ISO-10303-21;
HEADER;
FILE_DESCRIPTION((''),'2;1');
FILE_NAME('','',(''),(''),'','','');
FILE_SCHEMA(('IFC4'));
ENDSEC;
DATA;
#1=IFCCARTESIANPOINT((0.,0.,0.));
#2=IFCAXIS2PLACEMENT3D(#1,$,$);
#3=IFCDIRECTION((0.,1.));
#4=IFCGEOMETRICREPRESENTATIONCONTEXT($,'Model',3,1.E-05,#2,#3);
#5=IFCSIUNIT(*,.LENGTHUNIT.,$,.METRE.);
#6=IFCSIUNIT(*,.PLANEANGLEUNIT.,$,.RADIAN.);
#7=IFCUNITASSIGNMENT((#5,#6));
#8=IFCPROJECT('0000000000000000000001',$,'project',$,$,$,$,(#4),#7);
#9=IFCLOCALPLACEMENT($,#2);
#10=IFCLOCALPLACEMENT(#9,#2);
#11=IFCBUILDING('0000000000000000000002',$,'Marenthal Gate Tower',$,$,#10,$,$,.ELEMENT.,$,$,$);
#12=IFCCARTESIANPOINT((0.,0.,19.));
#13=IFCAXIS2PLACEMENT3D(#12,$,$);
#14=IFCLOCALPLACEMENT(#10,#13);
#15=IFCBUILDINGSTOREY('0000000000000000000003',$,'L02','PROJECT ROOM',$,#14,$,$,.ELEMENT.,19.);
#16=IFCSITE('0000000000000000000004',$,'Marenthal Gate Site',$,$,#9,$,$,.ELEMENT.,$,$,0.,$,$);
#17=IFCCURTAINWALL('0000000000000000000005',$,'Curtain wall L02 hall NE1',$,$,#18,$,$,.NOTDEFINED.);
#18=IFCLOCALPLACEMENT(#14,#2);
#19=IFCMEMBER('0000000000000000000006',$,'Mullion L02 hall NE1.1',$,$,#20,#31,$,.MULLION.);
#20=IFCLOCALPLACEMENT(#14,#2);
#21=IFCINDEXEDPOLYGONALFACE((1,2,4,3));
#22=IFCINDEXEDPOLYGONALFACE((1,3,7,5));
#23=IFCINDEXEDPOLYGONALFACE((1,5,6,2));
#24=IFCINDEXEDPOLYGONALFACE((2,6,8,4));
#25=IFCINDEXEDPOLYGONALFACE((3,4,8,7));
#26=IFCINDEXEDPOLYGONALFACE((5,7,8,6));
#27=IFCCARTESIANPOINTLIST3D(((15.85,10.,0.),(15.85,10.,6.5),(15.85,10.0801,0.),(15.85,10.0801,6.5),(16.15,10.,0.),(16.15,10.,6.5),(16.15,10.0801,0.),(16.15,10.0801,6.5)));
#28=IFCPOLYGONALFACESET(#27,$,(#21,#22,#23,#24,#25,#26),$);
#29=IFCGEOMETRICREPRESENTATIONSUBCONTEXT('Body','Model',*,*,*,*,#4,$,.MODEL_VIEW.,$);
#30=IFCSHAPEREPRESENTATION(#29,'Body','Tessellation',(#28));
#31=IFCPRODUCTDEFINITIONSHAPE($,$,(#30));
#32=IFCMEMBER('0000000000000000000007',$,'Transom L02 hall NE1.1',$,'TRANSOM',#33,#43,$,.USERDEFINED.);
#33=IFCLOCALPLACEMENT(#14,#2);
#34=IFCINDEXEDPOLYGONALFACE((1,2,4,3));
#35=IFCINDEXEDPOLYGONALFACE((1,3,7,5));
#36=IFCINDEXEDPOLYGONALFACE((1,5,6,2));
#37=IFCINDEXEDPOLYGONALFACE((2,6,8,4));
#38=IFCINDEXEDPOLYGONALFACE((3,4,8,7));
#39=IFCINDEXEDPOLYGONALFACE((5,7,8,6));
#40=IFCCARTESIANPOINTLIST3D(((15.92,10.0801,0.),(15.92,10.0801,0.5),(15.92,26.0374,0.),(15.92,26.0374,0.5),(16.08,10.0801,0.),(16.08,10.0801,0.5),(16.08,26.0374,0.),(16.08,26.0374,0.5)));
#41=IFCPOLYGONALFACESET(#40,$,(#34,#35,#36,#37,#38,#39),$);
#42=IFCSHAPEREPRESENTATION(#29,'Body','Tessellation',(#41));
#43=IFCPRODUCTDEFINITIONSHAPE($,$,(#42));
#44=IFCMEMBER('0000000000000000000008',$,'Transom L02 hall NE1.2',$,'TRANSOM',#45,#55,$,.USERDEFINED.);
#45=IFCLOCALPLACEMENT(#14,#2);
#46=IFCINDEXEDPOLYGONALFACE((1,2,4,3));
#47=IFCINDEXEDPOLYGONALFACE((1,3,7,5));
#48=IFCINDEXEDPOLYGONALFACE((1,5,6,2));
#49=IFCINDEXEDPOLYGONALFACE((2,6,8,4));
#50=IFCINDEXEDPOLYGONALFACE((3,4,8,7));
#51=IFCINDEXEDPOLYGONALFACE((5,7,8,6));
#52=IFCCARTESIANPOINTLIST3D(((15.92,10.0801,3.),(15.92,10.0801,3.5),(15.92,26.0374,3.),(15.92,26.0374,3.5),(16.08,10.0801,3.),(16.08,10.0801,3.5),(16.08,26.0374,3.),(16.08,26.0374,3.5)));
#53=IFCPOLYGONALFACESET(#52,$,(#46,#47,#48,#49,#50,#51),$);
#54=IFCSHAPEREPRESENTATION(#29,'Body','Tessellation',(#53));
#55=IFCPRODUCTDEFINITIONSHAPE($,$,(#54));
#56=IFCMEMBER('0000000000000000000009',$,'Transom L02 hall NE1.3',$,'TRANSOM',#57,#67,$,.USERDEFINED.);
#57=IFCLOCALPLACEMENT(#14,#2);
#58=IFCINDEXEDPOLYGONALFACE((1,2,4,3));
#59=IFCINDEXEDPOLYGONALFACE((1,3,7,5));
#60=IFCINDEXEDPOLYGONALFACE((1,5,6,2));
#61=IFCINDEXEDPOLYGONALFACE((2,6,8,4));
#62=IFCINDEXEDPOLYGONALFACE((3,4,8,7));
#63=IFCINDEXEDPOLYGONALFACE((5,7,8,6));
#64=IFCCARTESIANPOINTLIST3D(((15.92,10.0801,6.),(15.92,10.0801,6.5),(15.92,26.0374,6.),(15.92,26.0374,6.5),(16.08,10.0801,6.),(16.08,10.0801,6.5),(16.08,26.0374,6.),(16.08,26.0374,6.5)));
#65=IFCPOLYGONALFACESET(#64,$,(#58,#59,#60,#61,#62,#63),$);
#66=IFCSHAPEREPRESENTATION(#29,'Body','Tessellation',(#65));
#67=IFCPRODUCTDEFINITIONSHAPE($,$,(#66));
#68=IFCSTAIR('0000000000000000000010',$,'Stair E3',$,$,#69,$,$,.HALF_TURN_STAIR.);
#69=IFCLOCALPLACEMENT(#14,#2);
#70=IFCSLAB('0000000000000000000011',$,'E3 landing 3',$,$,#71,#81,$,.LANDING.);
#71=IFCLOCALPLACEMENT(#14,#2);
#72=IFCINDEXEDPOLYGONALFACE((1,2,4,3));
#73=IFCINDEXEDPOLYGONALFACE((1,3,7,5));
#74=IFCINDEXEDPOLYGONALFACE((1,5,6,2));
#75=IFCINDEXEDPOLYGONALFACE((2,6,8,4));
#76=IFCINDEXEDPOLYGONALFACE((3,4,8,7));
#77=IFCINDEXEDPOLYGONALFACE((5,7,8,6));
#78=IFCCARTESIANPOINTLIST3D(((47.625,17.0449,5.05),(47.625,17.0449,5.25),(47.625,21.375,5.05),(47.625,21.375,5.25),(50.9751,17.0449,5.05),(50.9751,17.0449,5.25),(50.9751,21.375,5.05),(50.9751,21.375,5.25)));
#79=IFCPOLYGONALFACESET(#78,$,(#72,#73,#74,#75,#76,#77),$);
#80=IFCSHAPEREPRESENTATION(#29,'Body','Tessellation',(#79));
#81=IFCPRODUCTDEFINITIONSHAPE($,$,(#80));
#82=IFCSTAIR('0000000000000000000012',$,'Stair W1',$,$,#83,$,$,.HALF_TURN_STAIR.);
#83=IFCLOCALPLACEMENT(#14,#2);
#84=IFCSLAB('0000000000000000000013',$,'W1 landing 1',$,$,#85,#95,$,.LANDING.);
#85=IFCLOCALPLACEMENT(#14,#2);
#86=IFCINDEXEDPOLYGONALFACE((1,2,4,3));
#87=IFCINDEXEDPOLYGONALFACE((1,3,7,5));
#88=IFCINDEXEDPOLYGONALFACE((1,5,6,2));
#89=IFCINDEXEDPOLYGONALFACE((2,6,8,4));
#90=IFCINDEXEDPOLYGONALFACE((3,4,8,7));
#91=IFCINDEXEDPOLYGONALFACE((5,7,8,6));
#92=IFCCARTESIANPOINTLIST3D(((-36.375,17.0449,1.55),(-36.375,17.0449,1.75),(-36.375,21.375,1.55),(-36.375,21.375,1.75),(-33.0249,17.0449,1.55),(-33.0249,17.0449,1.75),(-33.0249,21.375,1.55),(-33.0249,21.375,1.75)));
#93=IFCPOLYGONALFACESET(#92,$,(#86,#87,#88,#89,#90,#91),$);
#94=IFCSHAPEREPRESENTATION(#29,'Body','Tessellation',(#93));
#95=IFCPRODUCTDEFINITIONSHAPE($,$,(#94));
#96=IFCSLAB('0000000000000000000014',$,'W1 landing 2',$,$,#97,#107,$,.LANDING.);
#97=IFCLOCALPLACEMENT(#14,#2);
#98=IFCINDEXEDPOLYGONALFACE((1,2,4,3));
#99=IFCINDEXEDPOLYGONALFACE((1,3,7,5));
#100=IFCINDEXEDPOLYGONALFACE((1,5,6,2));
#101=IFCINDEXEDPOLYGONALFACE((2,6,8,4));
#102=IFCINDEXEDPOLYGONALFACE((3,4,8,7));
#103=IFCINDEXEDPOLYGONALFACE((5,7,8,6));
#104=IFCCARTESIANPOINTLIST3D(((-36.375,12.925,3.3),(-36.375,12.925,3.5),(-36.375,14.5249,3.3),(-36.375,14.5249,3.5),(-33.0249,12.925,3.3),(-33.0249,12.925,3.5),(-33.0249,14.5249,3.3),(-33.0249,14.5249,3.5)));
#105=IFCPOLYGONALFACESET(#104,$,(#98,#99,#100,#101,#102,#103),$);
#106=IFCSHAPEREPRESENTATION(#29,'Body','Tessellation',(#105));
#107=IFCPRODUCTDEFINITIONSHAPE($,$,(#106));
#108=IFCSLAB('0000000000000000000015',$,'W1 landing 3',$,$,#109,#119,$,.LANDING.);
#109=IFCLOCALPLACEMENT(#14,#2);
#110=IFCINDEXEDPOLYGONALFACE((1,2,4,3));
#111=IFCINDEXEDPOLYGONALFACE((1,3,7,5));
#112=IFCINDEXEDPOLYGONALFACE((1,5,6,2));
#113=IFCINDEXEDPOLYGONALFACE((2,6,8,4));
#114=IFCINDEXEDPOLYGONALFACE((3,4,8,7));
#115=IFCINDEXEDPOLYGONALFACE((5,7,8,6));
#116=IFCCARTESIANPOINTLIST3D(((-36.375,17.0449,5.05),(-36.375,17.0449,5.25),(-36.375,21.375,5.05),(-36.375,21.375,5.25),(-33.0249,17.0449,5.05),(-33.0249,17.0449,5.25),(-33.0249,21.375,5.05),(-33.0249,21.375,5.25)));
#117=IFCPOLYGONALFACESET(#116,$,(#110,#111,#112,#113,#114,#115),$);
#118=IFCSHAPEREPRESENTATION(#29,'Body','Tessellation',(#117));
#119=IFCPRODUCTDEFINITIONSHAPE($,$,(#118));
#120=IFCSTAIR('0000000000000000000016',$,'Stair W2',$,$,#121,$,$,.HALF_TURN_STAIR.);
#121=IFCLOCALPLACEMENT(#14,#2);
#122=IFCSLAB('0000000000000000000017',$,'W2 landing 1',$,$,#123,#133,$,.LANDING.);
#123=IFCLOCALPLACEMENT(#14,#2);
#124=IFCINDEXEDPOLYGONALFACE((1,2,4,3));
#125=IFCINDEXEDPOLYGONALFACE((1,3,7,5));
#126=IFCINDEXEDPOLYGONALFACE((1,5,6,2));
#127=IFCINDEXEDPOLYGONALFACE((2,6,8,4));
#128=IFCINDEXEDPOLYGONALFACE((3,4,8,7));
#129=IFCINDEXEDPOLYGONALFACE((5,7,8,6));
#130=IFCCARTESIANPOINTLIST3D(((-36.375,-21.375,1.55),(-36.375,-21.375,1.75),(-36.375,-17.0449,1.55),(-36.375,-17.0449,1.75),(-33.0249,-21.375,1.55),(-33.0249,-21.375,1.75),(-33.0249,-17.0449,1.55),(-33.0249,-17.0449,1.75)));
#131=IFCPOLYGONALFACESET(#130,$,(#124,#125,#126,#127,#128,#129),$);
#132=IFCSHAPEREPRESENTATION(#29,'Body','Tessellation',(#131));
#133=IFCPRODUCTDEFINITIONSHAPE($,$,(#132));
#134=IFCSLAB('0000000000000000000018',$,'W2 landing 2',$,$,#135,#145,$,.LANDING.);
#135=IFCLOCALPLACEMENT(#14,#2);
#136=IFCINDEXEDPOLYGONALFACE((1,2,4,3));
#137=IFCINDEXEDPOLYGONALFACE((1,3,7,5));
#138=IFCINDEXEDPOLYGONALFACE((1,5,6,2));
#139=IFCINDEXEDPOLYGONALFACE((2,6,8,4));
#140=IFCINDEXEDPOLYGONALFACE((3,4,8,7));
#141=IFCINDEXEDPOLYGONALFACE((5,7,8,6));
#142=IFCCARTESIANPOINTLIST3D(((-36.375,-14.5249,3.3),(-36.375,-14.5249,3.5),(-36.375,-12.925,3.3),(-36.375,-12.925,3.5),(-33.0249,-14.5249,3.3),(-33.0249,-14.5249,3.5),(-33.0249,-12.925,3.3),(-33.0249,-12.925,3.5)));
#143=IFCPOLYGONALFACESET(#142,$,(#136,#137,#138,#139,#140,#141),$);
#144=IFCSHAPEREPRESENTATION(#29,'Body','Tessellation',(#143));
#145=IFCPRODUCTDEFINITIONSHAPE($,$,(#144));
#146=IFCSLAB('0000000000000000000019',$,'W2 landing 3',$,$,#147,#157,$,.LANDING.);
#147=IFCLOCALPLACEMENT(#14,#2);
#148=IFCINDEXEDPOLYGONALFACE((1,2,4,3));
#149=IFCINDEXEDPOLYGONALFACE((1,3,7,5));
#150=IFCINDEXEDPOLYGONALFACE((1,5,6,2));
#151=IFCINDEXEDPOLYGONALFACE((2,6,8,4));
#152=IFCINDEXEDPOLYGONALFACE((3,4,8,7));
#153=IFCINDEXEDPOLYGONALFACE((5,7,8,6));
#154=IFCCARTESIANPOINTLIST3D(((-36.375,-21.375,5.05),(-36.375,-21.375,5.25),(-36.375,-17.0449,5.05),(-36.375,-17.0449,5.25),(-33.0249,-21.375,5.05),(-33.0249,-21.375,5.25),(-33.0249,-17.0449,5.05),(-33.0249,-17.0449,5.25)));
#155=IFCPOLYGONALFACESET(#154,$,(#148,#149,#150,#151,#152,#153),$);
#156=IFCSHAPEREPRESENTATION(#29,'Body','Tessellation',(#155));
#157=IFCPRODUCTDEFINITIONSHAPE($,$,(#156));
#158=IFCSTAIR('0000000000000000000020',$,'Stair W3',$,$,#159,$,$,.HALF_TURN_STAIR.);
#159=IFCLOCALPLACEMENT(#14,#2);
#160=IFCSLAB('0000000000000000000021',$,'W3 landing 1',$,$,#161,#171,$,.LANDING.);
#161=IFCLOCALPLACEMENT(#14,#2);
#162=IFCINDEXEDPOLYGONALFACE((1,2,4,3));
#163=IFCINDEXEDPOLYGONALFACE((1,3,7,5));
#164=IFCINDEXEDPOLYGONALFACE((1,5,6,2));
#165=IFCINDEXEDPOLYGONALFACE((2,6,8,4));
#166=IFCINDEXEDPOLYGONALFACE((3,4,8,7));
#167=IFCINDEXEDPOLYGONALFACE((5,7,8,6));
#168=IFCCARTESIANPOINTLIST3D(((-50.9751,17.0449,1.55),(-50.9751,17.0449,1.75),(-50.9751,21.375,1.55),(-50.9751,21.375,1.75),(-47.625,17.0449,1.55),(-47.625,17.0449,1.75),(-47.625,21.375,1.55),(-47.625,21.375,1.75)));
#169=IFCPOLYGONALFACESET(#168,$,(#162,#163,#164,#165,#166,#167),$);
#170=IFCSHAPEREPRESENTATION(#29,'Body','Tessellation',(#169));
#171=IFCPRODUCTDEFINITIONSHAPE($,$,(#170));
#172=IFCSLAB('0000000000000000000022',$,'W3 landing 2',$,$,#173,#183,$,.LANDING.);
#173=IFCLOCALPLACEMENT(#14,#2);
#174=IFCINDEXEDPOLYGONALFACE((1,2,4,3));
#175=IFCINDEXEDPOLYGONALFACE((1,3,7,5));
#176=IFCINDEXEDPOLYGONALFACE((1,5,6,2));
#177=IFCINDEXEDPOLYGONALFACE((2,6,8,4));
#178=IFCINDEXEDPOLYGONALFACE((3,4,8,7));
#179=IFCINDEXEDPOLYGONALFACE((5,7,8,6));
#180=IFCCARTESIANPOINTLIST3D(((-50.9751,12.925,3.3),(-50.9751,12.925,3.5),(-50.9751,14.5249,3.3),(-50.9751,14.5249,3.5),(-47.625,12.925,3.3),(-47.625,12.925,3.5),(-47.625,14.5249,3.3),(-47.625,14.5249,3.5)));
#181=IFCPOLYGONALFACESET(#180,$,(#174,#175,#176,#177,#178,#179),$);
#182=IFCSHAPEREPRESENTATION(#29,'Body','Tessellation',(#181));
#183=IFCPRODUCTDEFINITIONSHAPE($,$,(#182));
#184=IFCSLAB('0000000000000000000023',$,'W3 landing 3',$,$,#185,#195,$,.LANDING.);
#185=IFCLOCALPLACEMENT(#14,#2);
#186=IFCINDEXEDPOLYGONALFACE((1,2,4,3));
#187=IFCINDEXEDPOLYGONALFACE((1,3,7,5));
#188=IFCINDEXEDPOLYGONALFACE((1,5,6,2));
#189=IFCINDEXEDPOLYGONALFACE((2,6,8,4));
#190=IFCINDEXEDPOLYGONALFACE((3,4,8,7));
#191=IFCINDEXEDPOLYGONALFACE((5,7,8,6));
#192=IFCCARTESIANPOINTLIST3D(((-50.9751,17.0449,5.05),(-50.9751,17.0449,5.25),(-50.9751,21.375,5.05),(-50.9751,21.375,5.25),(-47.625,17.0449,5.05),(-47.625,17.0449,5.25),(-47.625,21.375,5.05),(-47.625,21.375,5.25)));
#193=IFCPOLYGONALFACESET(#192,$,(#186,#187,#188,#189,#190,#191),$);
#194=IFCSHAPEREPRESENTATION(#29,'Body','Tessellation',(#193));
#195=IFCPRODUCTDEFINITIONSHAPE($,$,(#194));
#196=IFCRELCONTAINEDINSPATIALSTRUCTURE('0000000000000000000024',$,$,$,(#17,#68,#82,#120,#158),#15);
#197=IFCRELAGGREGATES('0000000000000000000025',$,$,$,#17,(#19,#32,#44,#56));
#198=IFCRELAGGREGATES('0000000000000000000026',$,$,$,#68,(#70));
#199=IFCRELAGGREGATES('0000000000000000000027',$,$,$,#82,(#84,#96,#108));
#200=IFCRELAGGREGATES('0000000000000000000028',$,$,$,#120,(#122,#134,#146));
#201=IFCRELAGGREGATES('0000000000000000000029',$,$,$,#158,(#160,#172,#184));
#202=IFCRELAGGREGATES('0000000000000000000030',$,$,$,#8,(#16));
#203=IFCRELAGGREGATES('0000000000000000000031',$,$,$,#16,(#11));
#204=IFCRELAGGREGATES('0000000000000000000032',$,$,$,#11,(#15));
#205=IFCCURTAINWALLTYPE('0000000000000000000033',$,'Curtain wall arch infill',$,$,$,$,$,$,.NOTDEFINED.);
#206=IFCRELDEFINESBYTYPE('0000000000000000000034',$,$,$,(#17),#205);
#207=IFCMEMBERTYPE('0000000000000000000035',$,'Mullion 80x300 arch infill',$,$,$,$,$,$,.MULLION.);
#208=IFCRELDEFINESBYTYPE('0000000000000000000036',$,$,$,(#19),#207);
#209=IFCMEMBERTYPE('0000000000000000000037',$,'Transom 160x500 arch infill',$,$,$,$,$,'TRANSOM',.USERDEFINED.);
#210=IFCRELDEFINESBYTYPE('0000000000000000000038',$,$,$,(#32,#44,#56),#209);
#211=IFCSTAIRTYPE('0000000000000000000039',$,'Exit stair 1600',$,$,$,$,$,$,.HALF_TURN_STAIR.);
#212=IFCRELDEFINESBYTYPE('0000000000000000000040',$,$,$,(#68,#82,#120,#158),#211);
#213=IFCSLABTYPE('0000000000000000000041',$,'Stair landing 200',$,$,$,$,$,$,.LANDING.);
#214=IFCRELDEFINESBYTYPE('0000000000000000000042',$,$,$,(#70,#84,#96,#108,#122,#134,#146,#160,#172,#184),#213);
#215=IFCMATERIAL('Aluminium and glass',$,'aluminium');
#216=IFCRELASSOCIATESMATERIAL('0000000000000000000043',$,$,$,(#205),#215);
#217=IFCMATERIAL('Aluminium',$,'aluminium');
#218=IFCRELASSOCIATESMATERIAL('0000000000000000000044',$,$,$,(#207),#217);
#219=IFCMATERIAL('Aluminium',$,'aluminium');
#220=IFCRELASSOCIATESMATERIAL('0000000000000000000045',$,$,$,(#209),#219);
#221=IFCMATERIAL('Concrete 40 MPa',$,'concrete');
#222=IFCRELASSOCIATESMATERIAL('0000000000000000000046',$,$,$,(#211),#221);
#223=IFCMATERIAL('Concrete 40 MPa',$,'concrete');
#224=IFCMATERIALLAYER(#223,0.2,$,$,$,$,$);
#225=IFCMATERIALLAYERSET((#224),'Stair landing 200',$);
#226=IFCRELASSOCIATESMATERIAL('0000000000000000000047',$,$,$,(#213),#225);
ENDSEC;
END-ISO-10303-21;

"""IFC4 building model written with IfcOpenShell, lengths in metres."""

from ifc_helpers import new_model, si_unit, direction, frame, origin, origin_2d, place, context, subcontext, project, spatial, polyline, rectangle, outline, extrude, material, layer, layer_set, material_profile, profile_set, type_object, element, aggregate, save


model = new_model("IFC4")

# Units and contexts
model_context = context("Model", 3, precision=1e-05, world=origin(), true_north=direction((0.0, 1.0)))
body_context = subcontext(model_context, "Body", "Model", "MODEL_VIEW")
ifc_project = project(units=[si_unit("LENGTHUNIT", "METRE"), si_unit("PLANEANGLEUNIT", "RADIAN")], contexts=[model_context])

# Site, building, storey
site_placement = place(None, origin())
site = spatial("IfcSite", under=ifc_project, at=site_placement, Name="Marenthal Gate Site", CompositionType="ELEMENT", RefElevation=0.0)
building_placement = place(site_placement, origin())
building = spatial("IfcBuilding", under=site, at=building_placement, Name="Marenthal Gate Tower", CompositionType="ELEMENT")
storey_placement = place(building_placement, frame((0.0, 0.0, 19.0)))
storey = spatial("IfcBuildingStorey", under=building, at=storey_placement, Name="L02", Description="PROJECT ROOM", CompositionType="ELEMENT", Elevation=19.0)

# Curtain wall, members
ifc_material_1 = material(Name="Aluminium and glass", Category="aluminium")
curtain_wall_type = type_object("IfcCurtainWallType", Name="Curtain wall arch infill", PredefinedType="NOTDEFINED", material=ifc_material_1)
curtain_wall_placement = place(storey_placement, origin())
curtain_wall = element("IfcCurtainWall", 1, at=curtain_wall_placement, inside=storey, type_object=curtain_wall_type, Name="Curtain wall L02 hall NE1", PredefinedType="NOTDEFINED")
ifc_material_2 = material(Name="Aluminium", Category="aluminium")
ifc_material_profile_1 = material_profile(ifc_material_2, rectangle(XDim=0.3, YDim=0.0801, at=origin_2d()), Name="80x300 aluminium mullion")
ifc_profile_set_1 = profile_set([ifc_material_profile_1], Name="Aluminium")
member_type_1 = type_object("IfcMemberType", Name="Mullion 80x300 arch infill", PredefinedType="MULLION", material=ifc_profile_set_1)
member_1_placement = place(storey_placement, frame((16.0, 10.04, 0.0), z_axis=(0.0, 0.0, 1.0), x_axis=(-1.0, 0.0, 0.0)))
member_1 = element("IfcMember", 2, at=member_1_placement, type_object=member_type_1, Name="Mullion L02 hall NE1.1", PredefinedType="MULLION", context=body_context, shape_type="SweptSolid", body=[
    extrude(rectangle(XDim=0.3, YDim=0.0801, at=origin_2d()), origin(), (0.0, 0.0, 1.0), 6.5),
])
ifc_material_3 = material(Name="Aluminium", Category="aluminium")
ifc_material_profile_2 = material_profile(ifc_material_3, rectangle(XDim=0.1599, YDim=0.5, at=origin_2d()), Name="160x500 aluminium transom")
ifc_profile_set_2 = profile_set([ifc_material_profile_2], Name="Aluminium")
member_type_2 = type_object("IfcMemberType", Name="Transom 160x500 arch infill", ElementType="TRANSOM", PredefinedType="USERDEFINED", material=ifc_profile_set_2)
member_2_placement = place(storey_placement, frame((16.0, 10.0801, 0.25), z_axis=(0.0, 1.0, 0.0), x_axis=(-1.0, 0.0, 0.0)))
member_2 = element("IfcMember", 3, at=member_2_placement, type_object=member_type_2, Name="Transom L02 hall NE1.1", ObjectType="TRANSOM", PredefinedType="USERDEFINED", context=body_context, shape_type="SweptSolid", body=[
    extrude(rectangle(XDim=0.1599, YDim=0.5, at=origin_2d()), origin(), (0.0, 0.0, 1.0), 15.9573),
])
member_3_placement = place(storey_placement, frame((16.0, 10.0801, 3.25), z_axis=(0.0, 1.0, 0.0), x_axis=(-1.0, 0.0, 0.0)))
member_3 = element("IfcMember", 4, at=member_3_placement, type_object=member_type_2, Name="Transom L02 hall NE1.2", ObjectType="TRANSOM", PredefinedType="USERDEFINED", context=body_context, shape_type="SweptSolid", body=[
    extrude(rectangle(XDim=0.1599, YDim=0.5, at=origin_2d()), origin(), (0.0, 0.0, 1.0), 15.9573),
])
member_4_placement = place(storey_placement, frame((16.0, 10.0801, 6.25), z_axis=(0.0, 1.0, 0.0), x_axis=(-1.0, 0.0, 0.0)))
member_4 = element("IfcMember", 5, at=member_4_placement, type_object=member_type_2, Name="Transom L02 hall NE1.3", ObjectType="TRANSOM", PredefinedType="USERDEFINED", context=body_context, shape_type="SweptSolid", body=[
    extrude(rectangle(XDim=0.1599, YDim=0.5, at=origin_2d()), origin(), (0.0, 0.0, 1.0), 15.9573),
])
aggregate(curtain_wall, [member_1, member_2, member_3, member_4])

# Stair, slab
ifc_material_4 = material(Name="Concrete 40 MPa", Category="concrete")
stair_type_1 = type_object("IfcStairType", Name="Exit stair 1600", PredefinedType="HALF_TURN_STAIR", material=ifc_material_4)
stair_1_placement = place(storey_placement, origin())
stair_1 = element("IfcStair", 6, at=stair_1_placement, inside=storey, type_object=stair_type_1, Name="Stair E3", PredefinedType="HALF_TURN_STAIR")
ifc_material_5 = material(Name="Concrete 40 MPa", Category="concrete")
ifc_layer_1 = layer(ifc_material_5, 0.2)
ifc_layer_set_1 = layer_set([ifc_layer_1], Name="Stair landing 200")
slab_type = type_object("IfcSlabType", Name="Stair landing 200", PredefinedType="LANDING", material=ifc_layer_set_1)
slab_1_placement = place(storey_placement, frame((0.0, 0.0, 5.05)))
slab_1 = element("IfcSlab", 7, at=slab_1_placement, type_object=slab_type, Name="E3 landing 3", PredefinedType="LANDING", context=body_context, shape_type="SweptSolid", body=[
    extrude(outline(polyline([(47.625, 17.0449), (47.625, 21.375), (50.9751, 21.375), (50.9751, 17.0449), (47.625, 17.0449)])), origin(), (0.0, 0.0, 1.0), 0.2),
])
aggregate(stair_1, [slab_1])

# Stairs, slabs
stair_2_placement = place(storey_placement, origin())
stair_2 = element("IfcStair", 8, at=stair_2_placement, inside=storey, type_object=stair_type_1, Name="Stair W1", PredefinedType="HALF_TURN_STAIR")
slab_2_placement = place(storey_placement, frame((0.0, 0.0, 1.55)))
slab_2 = element("IfcSlab", 9, at=slab_2_placement, type_object=slab_type, Name="W1 landing 1", PredefinedType="LANDING", context=body_context, shape_type="SweptSolid", body=[
    extrude(outline(polyline([(-36.375, 17.0449), (-36.375, 21.375), (-33.0249, 21.375), (-33.0249, 17.0449), (-36.375, 17.0449)])), origin(), (0.0, 0.0, 1.0), 0.2),
])
slab_3_placement = place(storey_placement, frame((0.0, 0.0, 3.3)))
slab_3 = element("IfcSlab", 10, at=slab_3_placement, type_object=slab_type, Name="W1 landing 2", PredefinedType="LANDING", context=body_context, shape_type="SweptSolid", body=[
    extrude(outline(polyline([(-36.375, 12.925), (-36.375, 14.5249), (-33.0249, 14.5249), (-33.0249, 12.925), (-36.375, 12.925)])), origin(), (0.0, 0.0, 1.0), 0.2),
])
slab_4_placement = place(storey_placement, frame((0.0, 0.0, 5.05)))
slab_4 = element("IfcSlab", 11, at=slab_4_placement, type_object=slab_type, Name="W1 landing 3", PredefinedType="LANDING", context=body_context, shape_type="SweptSolid", body=[
    extrude(outline(polyline([(-36.375, 17.0449), (-36.375, 21.375), (-33.0249, 21.375), (-33.0249, 17.0449), (-36.375, 17.0449)])), origin(), (0.0, 0.0, 1.0), 0.2),
])
aggregate(stair_2, [slab_2, slab_3, slab_4])
stair_3_placement = place(storey_placement, origin())
stair_3 = element("IfcStair", 12, at=stair_3_placement, inside=storey, type_object=stair_type_1, Name="Stair W2", PredefinedType="HALF_TURN_STAIR")
slab_5_placement = place(storey_placement, frame((0.0, 0.0, 1.55)))
slab_5 = element("IfcSlab", 13, at=slab_5_placement, type_object=slab_type, Name="W2 landing 1", PredefinedType="LANDING", context=body_context, shape_type="SweptSolid", body=[
    extrude(outline(polyline([(-33.0249, -17.0449), (-33.0249, -21.375), (-36.375, -21.375), (-36.375, -17.0449), (-33.0249, -17.0449)])), origin(), (0.0, 0.0, 1.0), 0.2),
])
slab_6_placement = place(storey_placement, frame((0.0, 0.0, 3.3)))
slab_6 = element("IfcSlab", 14, at=slab_6_placement, type_object=slab_type, Name="W2 landing 2", PredefinedType="LANDING", context=body_context, shape_type="SweptSolid", body=[
    extrude(outline(polyline([(-33.0249, -12.925), (-33.0249, -14.5249), (-36.375, -14.5249), (-36.375, -12.925), (-33.0249, -12.925)])), origin(), (0.0, 0.0, 1.0), 0.2),
])
slab_7_placement = place(storey_placement, frame((0.0, 0.0, 5.05)))
slab_7 = element("IfcSlab", 15, at=slab_7_placement, type_object=slab_type, Name="W2 landing 3", PredefinedType="LANDING", context=body_context, shape_type="SweptSolid", body=[
    extrude(outline(polyline([(-33.0249, -17.0449), (-33.0249, -21.375), (-36.375, -21.375), (-36.375, -17.0449), (-33.0249, -17.0449)])), origin(), (0.0, 0.0, 1.0), 0.2),
])
aggregate(stair_3, [slab_5, slab_6, slab_7])
stair_4_placement = place(storey_placement, origin())
stair_4 = element("IfcStair", 16, at=stair_4_placement, inside=storey, type_object=stair_type_1, Name="Stair W3", PredefinedType="HALF_TURN_STAIR")
slab_8_placement = place(storey_placement, frame((0.0, 0.0, 1.55)))
slab_8 = element("IfcSlab", 17, at=slab_8_placement, type_object=slab_type, Name="W3 landing 1", PredefinedType="LANDING", context=body_context, shape_type="SweptSolid", body=[
    extrude(outline(polyline([(-50.9751, 17.0449), (-50.9751, 21.375), (-47.625, 21.375), (-47.625, 17.0449), (-50.9751, 17.0449)])), origin(), (0.0, 0.0, 1.0), 0.2),
])
slab_9_placement = place(storey_placement, frame((0.0, 0.0, 3.3)))
slab_9 = element("IfcSlab", 18, at=slab_9_placement, type_object=slab_type, Name="W3 landing 2", PredefinedType="LANDING", context=body_context, shape_type="SweptSolid", body=[
    extrude(outline(polyline([(-50.9751, 12.925), (-50.9751, 14.5249), (-47.625, 14.5249), (-47.625, 12.925), (-50.9751, 12.925)])), origin(), (0.0, 0.0, 1.0), 0.2),
])
slab_10_placement = place(storey_placement, frame((0.0, 0.0, 5.05)))
slab_10 = element("IfcSlab", 19, at=slab_10_placement, type_object=slab_type, Name="W3 landing 3", PredefinedType="LANDING", context=body_context, shape_type="SweptSolid", body=[
    extrude(outline(polyline([(-50.9751, 17.0449), (-50.9751, 21.375), (-47.625, 21.375), (-47.625, 17.0449), (-50.9751, 17.0449)])), origin(), (0.0, 0.0, 1.0), 0.2),
])
aggregate(stair_4, [slab_8, slab_9, slab_10])

save(model, "model.ifc")
